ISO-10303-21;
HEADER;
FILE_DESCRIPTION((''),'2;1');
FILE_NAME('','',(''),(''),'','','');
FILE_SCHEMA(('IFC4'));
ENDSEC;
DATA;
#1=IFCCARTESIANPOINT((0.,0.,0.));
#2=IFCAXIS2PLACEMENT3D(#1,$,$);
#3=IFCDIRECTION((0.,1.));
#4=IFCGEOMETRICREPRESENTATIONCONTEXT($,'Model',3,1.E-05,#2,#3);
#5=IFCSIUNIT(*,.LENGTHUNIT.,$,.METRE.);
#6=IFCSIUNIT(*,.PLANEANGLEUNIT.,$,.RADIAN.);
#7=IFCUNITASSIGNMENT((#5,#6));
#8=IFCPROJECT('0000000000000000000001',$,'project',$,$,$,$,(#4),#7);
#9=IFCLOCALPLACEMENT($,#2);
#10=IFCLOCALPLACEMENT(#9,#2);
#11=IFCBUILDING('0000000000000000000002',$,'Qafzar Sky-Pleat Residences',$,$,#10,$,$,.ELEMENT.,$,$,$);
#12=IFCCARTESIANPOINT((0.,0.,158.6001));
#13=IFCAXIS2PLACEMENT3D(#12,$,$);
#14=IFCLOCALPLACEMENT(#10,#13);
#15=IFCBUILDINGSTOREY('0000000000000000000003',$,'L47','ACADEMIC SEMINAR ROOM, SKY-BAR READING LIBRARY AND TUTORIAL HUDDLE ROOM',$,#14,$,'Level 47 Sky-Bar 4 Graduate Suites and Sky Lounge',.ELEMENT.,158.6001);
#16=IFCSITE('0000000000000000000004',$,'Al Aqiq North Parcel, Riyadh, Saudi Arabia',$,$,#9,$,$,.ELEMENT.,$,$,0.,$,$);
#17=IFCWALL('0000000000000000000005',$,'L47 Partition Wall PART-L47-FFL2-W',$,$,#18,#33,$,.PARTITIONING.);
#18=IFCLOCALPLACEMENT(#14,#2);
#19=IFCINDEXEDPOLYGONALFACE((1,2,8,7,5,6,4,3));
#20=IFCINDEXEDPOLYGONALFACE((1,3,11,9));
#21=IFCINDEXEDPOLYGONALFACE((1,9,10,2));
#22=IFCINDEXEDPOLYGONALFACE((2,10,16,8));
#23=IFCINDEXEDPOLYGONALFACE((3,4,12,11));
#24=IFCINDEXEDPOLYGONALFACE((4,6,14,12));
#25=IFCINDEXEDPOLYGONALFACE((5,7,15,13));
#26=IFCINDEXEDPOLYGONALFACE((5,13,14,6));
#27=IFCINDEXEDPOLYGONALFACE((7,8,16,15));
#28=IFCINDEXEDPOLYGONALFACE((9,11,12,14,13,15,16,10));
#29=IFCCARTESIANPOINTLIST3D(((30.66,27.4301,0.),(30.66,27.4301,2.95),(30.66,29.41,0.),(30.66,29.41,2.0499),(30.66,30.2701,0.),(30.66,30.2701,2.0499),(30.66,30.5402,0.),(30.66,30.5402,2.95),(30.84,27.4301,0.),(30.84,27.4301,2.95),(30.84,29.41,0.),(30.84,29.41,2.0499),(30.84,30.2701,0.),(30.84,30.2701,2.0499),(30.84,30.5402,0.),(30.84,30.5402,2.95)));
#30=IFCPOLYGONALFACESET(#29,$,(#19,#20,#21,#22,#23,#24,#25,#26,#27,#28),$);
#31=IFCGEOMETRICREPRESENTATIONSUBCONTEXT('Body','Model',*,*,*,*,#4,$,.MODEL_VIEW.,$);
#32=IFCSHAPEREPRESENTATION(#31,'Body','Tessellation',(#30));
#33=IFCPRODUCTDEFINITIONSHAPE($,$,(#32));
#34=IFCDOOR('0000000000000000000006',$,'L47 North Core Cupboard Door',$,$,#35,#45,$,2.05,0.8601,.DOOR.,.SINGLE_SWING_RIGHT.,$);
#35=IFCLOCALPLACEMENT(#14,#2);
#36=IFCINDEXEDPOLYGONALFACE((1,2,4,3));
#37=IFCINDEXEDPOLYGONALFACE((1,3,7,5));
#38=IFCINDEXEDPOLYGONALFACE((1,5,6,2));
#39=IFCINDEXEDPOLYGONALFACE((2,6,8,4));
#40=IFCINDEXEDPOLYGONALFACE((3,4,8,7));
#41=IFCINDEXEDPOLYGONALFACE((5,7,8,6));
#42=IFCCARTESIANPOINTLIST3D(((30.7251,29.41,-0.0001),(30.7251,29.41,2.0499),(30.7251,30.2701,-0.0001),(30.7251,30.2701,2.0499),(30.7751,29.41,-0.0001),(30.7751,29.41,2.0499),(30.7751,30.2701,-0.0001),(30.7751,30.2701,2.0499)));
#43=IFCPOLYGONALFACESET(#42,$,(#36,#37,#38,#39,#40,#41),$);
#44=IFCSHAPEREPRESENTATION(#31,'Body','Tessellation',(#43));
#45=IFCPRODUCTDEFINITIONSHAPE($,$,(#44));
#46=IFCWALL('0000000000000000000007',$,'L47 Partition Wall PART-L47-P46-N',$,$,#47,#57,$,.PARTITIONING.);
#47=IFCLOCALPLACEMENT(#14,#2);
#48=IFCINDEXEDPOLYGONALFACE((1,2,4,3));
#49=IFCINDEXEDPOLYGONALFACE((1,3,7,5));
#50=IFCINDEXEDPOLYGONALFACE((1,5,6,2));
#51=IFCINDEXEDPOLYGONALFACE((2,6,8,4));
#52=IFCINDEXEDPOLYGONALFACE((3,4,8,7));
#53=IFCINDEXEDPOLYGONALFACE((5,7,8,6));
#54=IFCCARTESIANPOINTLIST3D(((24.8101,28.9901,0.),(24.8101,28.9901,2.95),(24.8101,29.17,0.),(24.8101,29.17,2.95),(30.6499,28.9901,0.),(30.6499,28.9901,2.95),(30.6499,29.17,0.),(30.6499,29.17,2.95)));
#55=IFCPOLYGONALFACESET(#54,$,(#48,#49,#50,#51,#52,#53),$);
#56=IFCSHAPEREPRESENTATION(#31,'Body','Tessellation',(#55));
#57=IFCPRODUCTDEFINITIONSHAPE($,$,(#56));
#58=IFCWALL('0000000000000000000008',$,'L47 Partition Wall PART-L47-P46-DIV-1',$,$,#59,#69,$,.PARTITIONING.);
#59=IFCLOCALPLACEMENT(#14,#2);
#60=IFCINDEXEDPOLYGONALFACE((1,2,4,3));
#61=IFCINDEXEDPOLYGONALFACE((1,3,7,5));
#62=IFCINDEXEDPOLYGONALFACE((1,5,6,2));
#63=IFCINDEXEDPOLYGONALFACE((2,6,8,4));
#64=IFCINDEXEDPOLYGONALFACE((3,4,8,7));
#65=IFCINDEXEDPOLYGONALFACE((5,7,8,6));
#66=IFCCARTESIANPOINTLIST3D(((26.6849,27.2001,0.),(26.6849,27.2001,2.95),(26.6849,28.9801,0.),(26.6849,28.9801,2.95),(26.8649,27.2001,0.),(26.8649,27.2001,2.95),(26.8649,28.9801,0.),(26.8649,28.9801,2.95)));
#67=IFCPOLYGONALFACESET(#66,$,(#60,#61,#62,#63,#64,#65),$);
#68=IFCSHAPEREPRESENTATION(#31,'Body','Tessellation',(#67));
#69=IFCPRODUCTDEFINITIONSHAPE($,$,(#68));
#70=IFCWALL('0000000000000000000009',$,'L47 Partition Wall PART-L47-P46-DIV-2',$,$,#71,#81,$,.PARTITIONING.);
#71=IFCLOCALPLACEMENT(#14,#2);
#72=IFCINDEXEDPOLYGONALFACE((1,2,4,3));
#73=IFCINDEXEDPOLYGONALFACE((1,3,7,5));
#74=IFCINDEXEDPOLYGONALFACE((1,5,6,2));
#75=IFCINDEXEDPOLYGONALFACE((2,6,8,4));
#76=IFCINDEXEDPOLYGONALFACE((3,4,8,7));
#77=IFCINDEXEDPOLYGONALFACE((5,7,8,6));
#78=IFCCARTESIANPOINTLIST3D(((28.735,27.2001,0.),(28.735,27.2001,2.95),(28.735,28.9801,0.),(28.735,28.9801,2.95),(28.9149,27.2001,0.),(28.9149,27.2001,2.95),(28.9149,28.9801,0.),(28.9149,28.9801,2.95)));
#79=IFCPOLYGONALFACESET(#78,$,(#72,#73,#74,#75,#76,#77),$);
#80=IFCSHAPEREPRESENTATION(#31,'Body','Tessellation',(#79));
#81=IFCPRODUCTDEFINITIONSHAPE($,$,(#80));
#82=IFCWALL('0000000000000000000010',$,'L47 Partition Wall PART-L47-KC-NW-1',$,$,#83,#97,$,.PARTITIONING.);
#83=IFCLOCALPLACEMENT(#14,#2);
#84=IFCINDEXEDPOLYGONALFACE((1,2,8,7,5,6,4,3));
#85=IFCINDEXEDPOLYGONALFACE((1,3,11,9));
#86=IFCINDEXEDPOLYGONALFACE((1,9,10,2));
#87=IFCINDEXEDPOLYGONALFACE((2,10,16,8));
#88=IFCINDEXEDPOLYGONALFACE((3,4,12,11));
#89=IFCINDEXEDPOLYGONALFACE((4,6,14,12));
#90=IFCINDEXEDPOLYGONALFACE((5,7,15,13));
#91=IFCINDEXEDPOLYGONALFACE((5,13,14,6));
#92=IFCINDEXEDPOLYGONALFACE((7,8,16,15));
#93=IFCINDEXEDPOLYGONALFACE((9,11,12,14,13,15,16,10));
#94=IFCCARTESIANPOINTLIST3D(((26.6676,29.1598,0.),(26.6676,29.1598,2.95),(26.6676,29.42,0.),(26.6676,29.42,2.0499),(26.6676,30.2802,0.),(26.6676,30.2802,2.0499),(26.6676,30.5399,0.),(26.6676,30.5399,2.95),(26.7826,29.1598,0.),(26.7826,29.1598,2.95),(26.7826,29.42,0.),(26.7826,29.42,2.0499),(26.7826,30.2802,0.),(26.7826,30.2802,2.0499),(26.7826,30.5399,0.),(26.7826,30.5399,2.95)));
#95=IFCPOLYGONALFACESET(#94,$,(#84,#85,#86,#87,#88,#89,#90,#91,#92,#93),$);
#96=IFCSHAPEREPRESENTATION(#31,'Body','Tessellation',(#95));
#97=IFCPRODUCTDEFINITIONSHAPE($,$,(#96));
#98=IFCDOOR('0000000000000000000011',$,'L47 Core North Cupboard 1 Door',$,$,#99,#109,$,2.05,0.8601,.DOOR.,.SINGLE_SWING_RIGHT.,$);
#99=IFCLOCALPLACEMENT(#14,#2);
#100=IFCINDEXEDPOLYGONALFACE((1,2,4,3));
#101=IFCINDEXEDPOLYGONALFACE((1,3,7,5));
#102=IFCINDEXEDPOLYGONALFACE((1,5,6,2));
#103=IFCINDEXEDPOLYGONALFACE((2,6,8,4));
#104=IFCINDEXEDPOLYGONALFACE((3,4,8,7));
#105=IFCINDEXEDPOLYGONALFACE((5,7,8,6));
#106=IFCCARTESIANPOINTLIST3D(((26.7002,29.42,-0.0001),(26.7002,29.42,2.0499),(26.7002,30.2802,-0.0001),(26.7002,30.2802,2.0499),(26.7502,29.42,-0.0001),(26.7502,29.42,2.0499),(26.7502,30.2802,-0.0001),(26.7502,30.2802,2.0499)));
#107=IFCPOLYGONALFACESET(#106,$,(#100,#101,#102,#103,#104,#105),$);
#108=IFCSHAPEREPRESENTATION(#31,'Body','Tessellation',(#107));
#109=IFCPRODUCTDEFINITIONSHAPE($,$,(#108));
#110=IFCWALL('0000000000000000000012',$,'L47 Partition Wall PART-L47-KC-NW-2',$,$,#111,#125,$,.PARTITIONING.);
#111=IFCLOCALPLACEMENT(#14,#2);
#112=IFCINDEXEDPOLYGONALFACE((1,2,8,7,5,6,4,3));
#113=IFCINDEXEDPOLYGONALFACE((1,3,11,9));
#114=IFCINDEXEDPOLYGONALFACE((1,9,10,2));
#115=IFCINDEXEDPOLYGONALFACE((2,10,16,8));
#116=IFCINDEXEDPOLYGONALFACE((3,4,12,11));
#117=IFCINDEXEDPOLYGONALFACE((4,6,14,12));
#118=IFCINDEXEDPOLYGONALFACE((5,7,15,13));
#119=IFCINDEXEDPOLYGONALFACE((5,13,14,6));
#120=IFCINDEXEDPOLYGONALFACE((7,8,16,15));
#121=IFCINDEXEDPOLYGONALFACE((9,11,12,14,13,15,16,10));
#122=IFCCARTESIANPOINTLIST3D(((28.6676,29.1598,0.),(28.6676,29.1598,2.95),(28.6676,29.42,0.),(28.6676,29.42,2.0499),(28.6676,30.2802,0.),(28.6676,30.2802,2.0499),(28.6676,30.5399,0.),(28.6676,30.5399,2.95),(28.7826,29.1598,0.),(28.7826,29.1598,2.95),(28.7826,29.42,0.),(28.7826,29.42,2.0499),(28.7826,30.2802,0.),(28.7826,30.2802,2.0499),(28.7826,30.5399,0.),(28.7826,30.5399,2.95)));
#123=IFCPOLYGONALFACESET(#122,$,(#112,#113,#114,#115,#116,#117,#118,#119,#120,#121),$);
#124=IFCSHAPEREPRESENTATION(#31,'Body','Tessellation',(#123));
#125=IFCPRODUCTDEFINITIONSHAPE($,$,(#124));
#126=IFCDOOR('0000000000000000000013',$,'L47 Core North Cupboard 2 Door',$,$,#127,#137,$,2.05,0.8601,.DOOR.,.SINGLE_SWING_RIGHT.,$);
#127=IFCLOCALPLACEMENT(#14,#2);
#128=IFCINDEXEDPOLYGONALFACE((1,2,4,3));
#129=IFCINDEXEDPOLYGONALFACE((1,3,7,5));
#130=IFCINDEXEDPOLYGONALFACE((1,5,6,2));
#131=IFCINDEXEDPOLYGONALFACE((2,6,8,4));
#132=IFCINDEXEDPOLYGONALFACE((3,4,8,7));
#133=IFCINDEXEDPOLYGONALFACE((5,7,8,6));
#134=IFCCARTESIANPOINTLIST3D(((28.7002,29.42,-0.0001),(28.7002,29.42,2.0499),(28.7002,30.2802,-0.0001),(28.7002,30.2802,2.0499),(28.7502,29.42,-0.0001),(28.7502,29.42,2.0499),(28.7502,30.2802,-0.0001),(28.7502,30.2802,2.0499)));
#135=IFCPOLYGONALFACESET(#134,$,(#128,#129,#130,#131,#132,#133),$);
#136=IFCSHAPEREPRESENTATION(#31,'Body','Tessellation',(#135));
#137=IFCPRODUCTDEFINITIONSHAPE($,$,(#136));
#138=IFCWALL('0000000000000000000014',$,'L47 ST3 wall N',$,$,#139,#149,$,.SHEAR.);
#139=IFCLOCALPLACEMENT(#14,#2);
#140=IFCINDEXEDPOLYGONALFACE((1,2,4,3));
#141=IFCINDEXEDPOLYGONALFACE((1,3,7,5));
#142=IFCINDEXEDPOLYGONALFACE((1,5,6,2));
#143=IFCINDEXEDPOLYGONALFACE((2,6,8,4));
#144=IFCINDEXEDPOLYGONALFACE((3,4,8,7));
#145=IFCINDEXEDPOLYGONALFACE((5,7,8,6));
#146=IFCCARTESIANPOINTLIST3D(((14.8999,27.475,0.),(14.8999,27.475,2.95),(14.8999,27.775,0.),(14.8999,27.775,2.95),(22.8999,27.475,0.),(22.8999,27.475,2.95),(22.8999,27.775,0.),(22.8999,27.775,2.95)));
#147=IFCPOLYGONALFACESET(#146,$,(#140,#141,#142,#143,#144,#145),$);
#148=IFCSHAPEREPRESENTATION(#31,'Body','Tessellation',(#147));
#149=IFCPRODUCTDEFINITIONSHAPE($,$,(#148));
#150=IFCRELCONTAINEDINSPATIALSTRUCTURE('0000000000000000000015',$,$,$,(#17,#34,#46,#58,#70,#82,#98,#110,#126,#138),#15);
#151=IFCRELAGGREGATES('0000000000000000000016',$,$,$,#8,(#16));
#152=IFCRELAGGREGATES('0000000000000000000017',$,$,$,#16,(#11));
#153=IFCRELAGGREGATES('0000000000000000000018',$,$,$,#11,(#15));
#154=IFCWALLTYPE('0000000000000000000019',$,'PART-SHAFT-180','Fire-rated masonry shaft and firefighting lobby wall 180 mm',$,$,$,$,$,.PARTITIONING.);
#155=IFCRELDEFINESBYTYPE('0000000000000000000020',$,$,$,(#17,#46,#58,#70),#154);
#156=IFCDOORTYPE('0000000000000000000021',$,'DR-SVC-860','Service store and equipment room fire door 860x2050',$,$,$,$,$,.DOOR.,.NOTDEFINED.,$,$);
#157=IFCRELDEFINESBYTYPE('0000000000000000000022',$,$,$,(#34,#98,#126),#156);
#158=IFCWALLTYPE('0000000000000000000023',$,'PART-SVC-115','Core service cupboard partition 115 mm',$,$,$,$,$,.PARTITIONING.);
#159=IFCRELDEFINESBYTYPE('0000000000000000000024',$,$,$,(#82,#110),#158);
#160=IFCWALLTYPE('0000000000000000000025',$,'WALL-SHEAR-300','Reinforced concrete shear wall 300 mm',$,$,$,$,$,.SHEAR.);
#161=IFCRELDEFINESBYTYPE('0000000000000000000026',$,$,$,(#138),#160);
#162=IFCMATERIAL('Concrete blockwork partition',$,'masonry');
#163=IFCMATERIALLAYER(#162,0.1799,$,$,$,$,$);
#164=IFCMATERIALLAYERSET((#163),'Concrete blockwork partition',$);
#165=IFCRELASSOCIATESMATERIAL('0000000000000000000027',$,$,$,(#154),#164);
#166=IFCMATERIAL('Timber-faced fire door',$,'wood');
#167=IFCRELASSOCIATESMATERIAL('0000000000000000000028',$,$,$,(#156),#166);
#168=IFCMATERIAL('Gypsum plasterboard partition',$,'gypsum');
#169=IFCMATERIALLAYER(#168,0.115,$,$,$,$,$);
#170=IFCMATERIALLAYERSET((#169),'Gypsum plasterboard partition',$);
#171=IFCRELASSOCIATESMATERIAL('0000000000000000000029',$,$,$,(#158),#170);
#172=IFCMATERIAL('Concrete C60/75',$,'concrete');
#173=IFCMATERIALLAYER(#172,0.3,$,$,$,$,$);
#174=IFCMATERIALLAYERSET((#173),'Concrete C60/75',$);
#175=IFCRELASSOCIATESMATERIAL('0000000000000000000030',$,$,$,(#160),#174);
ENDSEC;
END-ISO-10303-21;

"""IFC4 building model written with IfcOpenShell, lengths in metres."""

from ifc_helpers import new_model, si_unit, direction, frame, frame_2d, origin, place, context, subcontext, project, spatial, rectangle, extrude, source, transform, mapped, material, layer, layer_set, type_object, element, fill, save


model = new_model("IFC4")

# Units and contexts
model_context = context("Model", 3, precision=1e-05, world=origin(), true_north=direction((0.0, 1.0)))
body_context = subcontext(model_context, "Body", "Model", "MODEL_VIEW")
ifc_project = project(units=[si_unit("LENGTHUNIT", "METRE"), si_unit("PLANEANGLEUNIT", "RADIAN")], contexts=[model_context])

# Site, building, storey
site_placement = place(None, origin())
site = spatial("IfcSite", under=ifc_project, at=site_placement, Name="Al Aqiq North Parcel, Riyadh, Saudi Arabia", CompositionType="ELEMENT", RefElevation=0.0)
building_placement = place(site_placement, origin())
building = spatial("IfcBuilding", under=site, at=building_placement, Name="Qafzar Sky-Pleat Residences", CompositionType="ELEMENT")
storey_placement = place(building_placement, frame((0.0, 0.0, 158.6001)))
storey = spatial("IfcBuildingStorey", under=building, at=storey_placement, Name="L47", Description="ACADEMIC SEMINAR ROOM, SKY-BAR READING LIBRARY AND TUTORIAL HUDDLE ROOM", LongName="Level 47 Sky-Bar 4 Graduate Suites and Sky Lounge", CompositionType="ELEMENT", Elevation=158.6001)

# Wall, opening, door
ifc_material_1 = material(Name="Concrete blockwork partition", Category="masonry")
ifc_layer_1 = layer(ifc_material_1, 0.1799)
ifc_layer_set_1 = layer_set([ifc_layer_1], Name="Concrete blockwork partition")
wall_type_1 = type_object("IfcWallType", Name="PART-SHAFT-180", Description="Fire-rated masonry shaft and firefighting lobby wall 180 mm", PredefinedType="PARTITIONING", material=ifc_layer_set_1)
wall_1_placement = place(storey_placement, frame((30.75, 27.4299, 0.0), z_axis=(0.0, 0.0, 1.0), x_axis=(0.0, 1.0, 0.0)))
wall_1 = element("IfcWall", 1, at=wall_1_placement, inside=storey, type_object=wall_type_1, Name="L47 Partition Wall PART-L47-FFL2-W", PredefinedType="PARTITIONING", context=body_context, shape_type="SweptSolid", body=[
    extrude(rectangle(XDim=3.1101, YDim=0.1799, at=frame_2d((1.5552, 0.0))), origin(), (0.0, 0.0, 1.0), 2.95),
])
opening_1_placement = place(wall_1_placement, frame((1.98, 0.0, 0.0)))
opening_1 = element("IfcOpeningElement", 2, at=opening_1_placement, cuts=wall_1, PredefinedType="OPENING", context=body_context, shape_type="SweptSolid", body=[
    extrude(rectangle(XDim=0.8601, YDim=2.05, at=frame_2d((0.4302, 1.0249))), frame((0.0, 0.1001, 0.0), z_axis=(0.0, -1.0, 0.0), x_axis=(1.0, 0.0, 0.0)), (0.0, 0.0, 1.0), 0.2),
])
ifc_material_2 = material(Name="Timber-faced fire door", Category="wood")
door_type_1 = type_object("IfcDoorType", Name="DR-SVC-860", Description="Service store and equipment room fire door 860x2050", OperationType="NOTDEFINED", PredefinedType="DOOR", material=ifc_material_2)
shared_shape_1 = source(origin(), body_context, "Body", "SweptSolid", [
    extrude(rectangle(XDim=0.8601, YDim=2.05, at=frame_2d((0.4302, 1.0249))), frame((0.0, 0.0249, 0.0), z_axis=(0.0, -1.0, 0.0), x_axis=(1.0, 0.0, 0.0)), (0.0, 0.0, 1.0), 0.05),
])
door_1_placement = place(opening_1_placement, origin())
door_1 = element("IfcDoor", 3, at=door_1_placement, inside=storey, type_object=door_type_1, Name="L47 North Core Cupboard Door", OperationType="SINGLE_SWING_RIGHT", OverallHeight=2.05, OverallWidth=0.8601, PredefinedType="DOOR", context=body_context, shape_type="MappedRepresentation", body=[
    mapped(shared_shape_1, transform((0.0, 0.0, 0.0), x_axis=(1.0, 0.0, 0.0), y_axis=(0.0, 1.0, 0.0), z_axis=(0.0, 0.0, 1.0), scale=1.0)),
])
fill(opening_1, door_1)

# Wall
wall_2_placement = place(storey_placement, frame((24.8101, 29.0801, 0.0), z_axis=(0.0, 0.0, 1.0), x_axis=(1.0, 0.0, 0.0)))
element("IfcWall", 4, at=wall_2_placement, inside=storey, type_object=wall_type_1, Name="L47 Partition Wall PART-L47-P46-N", PredefinedType="PARTITIONING", context=body_context, shape_type="SweptSolid", body=[
    extrude(rectangle(XDim=5.8398, YDim=0.1799, at=frame_2d((2.9199, 0.0))), origin(), (0.0, 0.0, 1.0), 2.95),
])

# Wall
wall_3_placement = place(storey_placement, frame((26.7749, 27.2, 0.0), z_axis=(0.0, 0.0, 1.0), x_axis=(0.0, 1.0, 0.0)))
element("IfcWall", 5, at=wall_3_placement, inside=storey, type_object=wall_type_1, Name="L47 Partition Wall PART-L47-P46-DIV-1", PredefinedType="PARTITIONING", context=body_context, shape_type="SweptSolid", body=[
    extrude(rectangle(XDim=1.78, YDim=0.1799, at=frame_2d((0.8901, 0.0))), origin(), (0.0, 0.0, 1.0), 2.95),
])

# Wall
wall_4_placement = place(storey_placement, frame((28.825, 27.2, 0.0), z_axis=(0.0, 0.0, 1.0), x_axis=(0.0, 1.0, 0.0)))
element("IfcWall", 6, at=wall_4_placement, inside=storey, type_object=wall_type_1, Name="L47 Partition Wall PART-L47-P46-DIV-2", PredefinedType="PARTITIONING", context=body_context, shape_type="SweptSolid", body=[
    extrude(rectangle(XDim=1.78, YDim=0.1799, at=frame_2d((0.8901, 0.0))), origin(), (0.0, 0.0, 1.0), 2.95),
])

# Walls, openings, doors
ifc_material_3 = material(Name="Gypsum plasterboard partition", Category="gypsum")
ifc_layer_2 = layer(ifc_material_3, 0.115)
ifc_layer_set_2 = layer_set([ifc_layer_2], Name="Gypsum plasterboard partition")
wall_type_2 = type_object("IfcWallType", Name="PART-SVC-115", Description="Core service cupboard partition 115 mm", PredefinedType="PARTITIONING", material=ifc_layer_set_2)
wall_5_placement = place(storey_placement, frame((26.7251, 29.1599, 0.0), z_axis=(0.0, 0.0, 1.0), x_axis=(0.0, 1.0, 0.0)))
wall_5 = element("IfcWall", 7, at=wall_5_placement, inside=storey, type_object=wall_type_2, Name="L47 Partition Wall PART-L47-KC-NW-1", PredefinedType="PARTITIONING", context=body_context, shape_type="SweptSolid", body=[
    extrude(rectangle(XDim=1.3801, YDim=0.115, at=frame_2d((0.6899, 0.0))), origin(), (0.0, 0.0, 1.0), 2.95),
])
opening_2_placement = place(wall_5_placement, frame((0.26, 0.0, 0.0)))
opening_2 = element("IfcOpeningElement", 8, at=opening_2_placement, cuts=wall_5, PredefinedType="OPENING", context=body_context, shape_type="SweptSolid", body=[
    extrude(rectangle(XDim=0.8601, YDim=2.05, at=frame_2d((0.4302, 1.0249))), frame((0.0, 0.0674, 0.0), z_axis=(0.0, -1.0, 0.0), x_axis=(1.0, 0.0, 0.0)), (0.0, 0.0, 1.0), 0.135),
])
door_2_placement = place(opening_2_placement, origin())
door_2 = element("IfcDoor", 9, at=door_2_placement, inside=storey, type_object=door_type_1, Name="L47 Core North Cupboard 1 Door", OperationType="SINGLE_SWING_RIGHT", OverallHeight=2.05, OverallWidth=0.8601, PredefinedType="DOOR", context=body_context, shape_type="MappedRepresentation", body=[
    mapped(shared_shape_1, transform((0.0, 0.0, 0.0), x_axis=(1.0, 0.0, 0.0), y_axis=(0.0, 1.0, 0.0), z_axis=(0.0, 0.0, 1.0), scale=1.0)),
])
fill(opening_2, door_2)
wall_6_placement = place(storey_placement, frame((28.7251, 29.1599, 0.0), z_axis=(0.0, 0.0, 1.0), x_axis=(0.0, 1.0, 0.0)))
wall_6 = element("IfcWall", 10, at=wall_6_placement, inside=storey, type_object=wall_type_2, Name="L47 Partition Wall PART-L47-KC-NW-2", PredefinedType="PARTITIONING", context=body_context, shape_type="SweptSolid", body=[
    extrude(rectangle(XDim=1.3801, YDim=0.115, at=frame_2d((0.6899, 0.0))), origin(), (0.0, 0.0, 1.0), 2.95),
])
opening_3_placement = place(wall_6_placement, frame((0.26, 0.0, 0.0)))
opening_3 = element("IfcOpeningElement", 11, at=opening_3_placement, cuts=wall_6, PredefinedType="OPENING", context=body_context, shape_type="SweptSolid", body=[
    extrude(rectangle(XDim=0.8601, YDim=2.05, at=frame_2d((0.4302, 1.0249))), frame((0.0, 0.0674, 0.0), z_axis=(0.0, -1.0, 0.0), x_axis=(1.0, 0.0, 0.0)), (0.0, 0.0, 1.0), 0.135),
])
door_3_placement = place(opening_3_placement, origin())
door_3 = element("IfcDoor", 12, at=door_3_placement, inside=storey, type_object=door_type_1, Name="L47 Core North Cupboard 2 Door", OperationType="SINGLE_SWING_RIGHT", OverallHeight=2.05, OverallWidth=0.8601, PredefinedType="DOOR", context=body_context, shape_type="MappedRepresentation", body=[
    mapped(shared_shape_1, transform((0.0, 0.0, 0.0), x_axis=(1.0, 0.0, 0.0), y_axis=(0.0, 1.0, 0.0), z_axis=(0.0, 0.0, 1.0), scale=1.0)),
])
fill(opening_3, door_3)

# Shared definitions
ifc_material_4 = material(Name="Concrete C60/75", Category="concrete")
ifc_layer_3 = layer(ifc_material_4, 0.3)
ifc_layer_set_3 = layer_set([ifc_layer_3], Name="Concrete C60/75")
wall_type_3 = type_object("IfcWallType", Name="WALL-SHEAR-300", Description="Reinforced concrete shear wall 300 mm", PredefinedType="SHEAR", material=ifc_layer_set_3)

# Wall
wall_7_placement = place(storey_placement, frame((22.8999, 27.625, 0.0), z_axis=(0.0, 0.0, 1.0), x_axis=(-1.0, 0.0, 0.0)))
element("IfcWall", 13, at=wall_7_placement, inside=storey, type_object=wall_type_3, Name="L47 ST3 wall N", PredefinedType="SHEAR", context=body_context, shape_type="SweptSolid", body=[
    extrude(rectangle(XDim=8.0, YDim=0.3, at=frame_2d((4.0, 0.0))), origin(), (0.0, 0.0, 1.0), 2.95),
])

save(model, "model.ifc")
